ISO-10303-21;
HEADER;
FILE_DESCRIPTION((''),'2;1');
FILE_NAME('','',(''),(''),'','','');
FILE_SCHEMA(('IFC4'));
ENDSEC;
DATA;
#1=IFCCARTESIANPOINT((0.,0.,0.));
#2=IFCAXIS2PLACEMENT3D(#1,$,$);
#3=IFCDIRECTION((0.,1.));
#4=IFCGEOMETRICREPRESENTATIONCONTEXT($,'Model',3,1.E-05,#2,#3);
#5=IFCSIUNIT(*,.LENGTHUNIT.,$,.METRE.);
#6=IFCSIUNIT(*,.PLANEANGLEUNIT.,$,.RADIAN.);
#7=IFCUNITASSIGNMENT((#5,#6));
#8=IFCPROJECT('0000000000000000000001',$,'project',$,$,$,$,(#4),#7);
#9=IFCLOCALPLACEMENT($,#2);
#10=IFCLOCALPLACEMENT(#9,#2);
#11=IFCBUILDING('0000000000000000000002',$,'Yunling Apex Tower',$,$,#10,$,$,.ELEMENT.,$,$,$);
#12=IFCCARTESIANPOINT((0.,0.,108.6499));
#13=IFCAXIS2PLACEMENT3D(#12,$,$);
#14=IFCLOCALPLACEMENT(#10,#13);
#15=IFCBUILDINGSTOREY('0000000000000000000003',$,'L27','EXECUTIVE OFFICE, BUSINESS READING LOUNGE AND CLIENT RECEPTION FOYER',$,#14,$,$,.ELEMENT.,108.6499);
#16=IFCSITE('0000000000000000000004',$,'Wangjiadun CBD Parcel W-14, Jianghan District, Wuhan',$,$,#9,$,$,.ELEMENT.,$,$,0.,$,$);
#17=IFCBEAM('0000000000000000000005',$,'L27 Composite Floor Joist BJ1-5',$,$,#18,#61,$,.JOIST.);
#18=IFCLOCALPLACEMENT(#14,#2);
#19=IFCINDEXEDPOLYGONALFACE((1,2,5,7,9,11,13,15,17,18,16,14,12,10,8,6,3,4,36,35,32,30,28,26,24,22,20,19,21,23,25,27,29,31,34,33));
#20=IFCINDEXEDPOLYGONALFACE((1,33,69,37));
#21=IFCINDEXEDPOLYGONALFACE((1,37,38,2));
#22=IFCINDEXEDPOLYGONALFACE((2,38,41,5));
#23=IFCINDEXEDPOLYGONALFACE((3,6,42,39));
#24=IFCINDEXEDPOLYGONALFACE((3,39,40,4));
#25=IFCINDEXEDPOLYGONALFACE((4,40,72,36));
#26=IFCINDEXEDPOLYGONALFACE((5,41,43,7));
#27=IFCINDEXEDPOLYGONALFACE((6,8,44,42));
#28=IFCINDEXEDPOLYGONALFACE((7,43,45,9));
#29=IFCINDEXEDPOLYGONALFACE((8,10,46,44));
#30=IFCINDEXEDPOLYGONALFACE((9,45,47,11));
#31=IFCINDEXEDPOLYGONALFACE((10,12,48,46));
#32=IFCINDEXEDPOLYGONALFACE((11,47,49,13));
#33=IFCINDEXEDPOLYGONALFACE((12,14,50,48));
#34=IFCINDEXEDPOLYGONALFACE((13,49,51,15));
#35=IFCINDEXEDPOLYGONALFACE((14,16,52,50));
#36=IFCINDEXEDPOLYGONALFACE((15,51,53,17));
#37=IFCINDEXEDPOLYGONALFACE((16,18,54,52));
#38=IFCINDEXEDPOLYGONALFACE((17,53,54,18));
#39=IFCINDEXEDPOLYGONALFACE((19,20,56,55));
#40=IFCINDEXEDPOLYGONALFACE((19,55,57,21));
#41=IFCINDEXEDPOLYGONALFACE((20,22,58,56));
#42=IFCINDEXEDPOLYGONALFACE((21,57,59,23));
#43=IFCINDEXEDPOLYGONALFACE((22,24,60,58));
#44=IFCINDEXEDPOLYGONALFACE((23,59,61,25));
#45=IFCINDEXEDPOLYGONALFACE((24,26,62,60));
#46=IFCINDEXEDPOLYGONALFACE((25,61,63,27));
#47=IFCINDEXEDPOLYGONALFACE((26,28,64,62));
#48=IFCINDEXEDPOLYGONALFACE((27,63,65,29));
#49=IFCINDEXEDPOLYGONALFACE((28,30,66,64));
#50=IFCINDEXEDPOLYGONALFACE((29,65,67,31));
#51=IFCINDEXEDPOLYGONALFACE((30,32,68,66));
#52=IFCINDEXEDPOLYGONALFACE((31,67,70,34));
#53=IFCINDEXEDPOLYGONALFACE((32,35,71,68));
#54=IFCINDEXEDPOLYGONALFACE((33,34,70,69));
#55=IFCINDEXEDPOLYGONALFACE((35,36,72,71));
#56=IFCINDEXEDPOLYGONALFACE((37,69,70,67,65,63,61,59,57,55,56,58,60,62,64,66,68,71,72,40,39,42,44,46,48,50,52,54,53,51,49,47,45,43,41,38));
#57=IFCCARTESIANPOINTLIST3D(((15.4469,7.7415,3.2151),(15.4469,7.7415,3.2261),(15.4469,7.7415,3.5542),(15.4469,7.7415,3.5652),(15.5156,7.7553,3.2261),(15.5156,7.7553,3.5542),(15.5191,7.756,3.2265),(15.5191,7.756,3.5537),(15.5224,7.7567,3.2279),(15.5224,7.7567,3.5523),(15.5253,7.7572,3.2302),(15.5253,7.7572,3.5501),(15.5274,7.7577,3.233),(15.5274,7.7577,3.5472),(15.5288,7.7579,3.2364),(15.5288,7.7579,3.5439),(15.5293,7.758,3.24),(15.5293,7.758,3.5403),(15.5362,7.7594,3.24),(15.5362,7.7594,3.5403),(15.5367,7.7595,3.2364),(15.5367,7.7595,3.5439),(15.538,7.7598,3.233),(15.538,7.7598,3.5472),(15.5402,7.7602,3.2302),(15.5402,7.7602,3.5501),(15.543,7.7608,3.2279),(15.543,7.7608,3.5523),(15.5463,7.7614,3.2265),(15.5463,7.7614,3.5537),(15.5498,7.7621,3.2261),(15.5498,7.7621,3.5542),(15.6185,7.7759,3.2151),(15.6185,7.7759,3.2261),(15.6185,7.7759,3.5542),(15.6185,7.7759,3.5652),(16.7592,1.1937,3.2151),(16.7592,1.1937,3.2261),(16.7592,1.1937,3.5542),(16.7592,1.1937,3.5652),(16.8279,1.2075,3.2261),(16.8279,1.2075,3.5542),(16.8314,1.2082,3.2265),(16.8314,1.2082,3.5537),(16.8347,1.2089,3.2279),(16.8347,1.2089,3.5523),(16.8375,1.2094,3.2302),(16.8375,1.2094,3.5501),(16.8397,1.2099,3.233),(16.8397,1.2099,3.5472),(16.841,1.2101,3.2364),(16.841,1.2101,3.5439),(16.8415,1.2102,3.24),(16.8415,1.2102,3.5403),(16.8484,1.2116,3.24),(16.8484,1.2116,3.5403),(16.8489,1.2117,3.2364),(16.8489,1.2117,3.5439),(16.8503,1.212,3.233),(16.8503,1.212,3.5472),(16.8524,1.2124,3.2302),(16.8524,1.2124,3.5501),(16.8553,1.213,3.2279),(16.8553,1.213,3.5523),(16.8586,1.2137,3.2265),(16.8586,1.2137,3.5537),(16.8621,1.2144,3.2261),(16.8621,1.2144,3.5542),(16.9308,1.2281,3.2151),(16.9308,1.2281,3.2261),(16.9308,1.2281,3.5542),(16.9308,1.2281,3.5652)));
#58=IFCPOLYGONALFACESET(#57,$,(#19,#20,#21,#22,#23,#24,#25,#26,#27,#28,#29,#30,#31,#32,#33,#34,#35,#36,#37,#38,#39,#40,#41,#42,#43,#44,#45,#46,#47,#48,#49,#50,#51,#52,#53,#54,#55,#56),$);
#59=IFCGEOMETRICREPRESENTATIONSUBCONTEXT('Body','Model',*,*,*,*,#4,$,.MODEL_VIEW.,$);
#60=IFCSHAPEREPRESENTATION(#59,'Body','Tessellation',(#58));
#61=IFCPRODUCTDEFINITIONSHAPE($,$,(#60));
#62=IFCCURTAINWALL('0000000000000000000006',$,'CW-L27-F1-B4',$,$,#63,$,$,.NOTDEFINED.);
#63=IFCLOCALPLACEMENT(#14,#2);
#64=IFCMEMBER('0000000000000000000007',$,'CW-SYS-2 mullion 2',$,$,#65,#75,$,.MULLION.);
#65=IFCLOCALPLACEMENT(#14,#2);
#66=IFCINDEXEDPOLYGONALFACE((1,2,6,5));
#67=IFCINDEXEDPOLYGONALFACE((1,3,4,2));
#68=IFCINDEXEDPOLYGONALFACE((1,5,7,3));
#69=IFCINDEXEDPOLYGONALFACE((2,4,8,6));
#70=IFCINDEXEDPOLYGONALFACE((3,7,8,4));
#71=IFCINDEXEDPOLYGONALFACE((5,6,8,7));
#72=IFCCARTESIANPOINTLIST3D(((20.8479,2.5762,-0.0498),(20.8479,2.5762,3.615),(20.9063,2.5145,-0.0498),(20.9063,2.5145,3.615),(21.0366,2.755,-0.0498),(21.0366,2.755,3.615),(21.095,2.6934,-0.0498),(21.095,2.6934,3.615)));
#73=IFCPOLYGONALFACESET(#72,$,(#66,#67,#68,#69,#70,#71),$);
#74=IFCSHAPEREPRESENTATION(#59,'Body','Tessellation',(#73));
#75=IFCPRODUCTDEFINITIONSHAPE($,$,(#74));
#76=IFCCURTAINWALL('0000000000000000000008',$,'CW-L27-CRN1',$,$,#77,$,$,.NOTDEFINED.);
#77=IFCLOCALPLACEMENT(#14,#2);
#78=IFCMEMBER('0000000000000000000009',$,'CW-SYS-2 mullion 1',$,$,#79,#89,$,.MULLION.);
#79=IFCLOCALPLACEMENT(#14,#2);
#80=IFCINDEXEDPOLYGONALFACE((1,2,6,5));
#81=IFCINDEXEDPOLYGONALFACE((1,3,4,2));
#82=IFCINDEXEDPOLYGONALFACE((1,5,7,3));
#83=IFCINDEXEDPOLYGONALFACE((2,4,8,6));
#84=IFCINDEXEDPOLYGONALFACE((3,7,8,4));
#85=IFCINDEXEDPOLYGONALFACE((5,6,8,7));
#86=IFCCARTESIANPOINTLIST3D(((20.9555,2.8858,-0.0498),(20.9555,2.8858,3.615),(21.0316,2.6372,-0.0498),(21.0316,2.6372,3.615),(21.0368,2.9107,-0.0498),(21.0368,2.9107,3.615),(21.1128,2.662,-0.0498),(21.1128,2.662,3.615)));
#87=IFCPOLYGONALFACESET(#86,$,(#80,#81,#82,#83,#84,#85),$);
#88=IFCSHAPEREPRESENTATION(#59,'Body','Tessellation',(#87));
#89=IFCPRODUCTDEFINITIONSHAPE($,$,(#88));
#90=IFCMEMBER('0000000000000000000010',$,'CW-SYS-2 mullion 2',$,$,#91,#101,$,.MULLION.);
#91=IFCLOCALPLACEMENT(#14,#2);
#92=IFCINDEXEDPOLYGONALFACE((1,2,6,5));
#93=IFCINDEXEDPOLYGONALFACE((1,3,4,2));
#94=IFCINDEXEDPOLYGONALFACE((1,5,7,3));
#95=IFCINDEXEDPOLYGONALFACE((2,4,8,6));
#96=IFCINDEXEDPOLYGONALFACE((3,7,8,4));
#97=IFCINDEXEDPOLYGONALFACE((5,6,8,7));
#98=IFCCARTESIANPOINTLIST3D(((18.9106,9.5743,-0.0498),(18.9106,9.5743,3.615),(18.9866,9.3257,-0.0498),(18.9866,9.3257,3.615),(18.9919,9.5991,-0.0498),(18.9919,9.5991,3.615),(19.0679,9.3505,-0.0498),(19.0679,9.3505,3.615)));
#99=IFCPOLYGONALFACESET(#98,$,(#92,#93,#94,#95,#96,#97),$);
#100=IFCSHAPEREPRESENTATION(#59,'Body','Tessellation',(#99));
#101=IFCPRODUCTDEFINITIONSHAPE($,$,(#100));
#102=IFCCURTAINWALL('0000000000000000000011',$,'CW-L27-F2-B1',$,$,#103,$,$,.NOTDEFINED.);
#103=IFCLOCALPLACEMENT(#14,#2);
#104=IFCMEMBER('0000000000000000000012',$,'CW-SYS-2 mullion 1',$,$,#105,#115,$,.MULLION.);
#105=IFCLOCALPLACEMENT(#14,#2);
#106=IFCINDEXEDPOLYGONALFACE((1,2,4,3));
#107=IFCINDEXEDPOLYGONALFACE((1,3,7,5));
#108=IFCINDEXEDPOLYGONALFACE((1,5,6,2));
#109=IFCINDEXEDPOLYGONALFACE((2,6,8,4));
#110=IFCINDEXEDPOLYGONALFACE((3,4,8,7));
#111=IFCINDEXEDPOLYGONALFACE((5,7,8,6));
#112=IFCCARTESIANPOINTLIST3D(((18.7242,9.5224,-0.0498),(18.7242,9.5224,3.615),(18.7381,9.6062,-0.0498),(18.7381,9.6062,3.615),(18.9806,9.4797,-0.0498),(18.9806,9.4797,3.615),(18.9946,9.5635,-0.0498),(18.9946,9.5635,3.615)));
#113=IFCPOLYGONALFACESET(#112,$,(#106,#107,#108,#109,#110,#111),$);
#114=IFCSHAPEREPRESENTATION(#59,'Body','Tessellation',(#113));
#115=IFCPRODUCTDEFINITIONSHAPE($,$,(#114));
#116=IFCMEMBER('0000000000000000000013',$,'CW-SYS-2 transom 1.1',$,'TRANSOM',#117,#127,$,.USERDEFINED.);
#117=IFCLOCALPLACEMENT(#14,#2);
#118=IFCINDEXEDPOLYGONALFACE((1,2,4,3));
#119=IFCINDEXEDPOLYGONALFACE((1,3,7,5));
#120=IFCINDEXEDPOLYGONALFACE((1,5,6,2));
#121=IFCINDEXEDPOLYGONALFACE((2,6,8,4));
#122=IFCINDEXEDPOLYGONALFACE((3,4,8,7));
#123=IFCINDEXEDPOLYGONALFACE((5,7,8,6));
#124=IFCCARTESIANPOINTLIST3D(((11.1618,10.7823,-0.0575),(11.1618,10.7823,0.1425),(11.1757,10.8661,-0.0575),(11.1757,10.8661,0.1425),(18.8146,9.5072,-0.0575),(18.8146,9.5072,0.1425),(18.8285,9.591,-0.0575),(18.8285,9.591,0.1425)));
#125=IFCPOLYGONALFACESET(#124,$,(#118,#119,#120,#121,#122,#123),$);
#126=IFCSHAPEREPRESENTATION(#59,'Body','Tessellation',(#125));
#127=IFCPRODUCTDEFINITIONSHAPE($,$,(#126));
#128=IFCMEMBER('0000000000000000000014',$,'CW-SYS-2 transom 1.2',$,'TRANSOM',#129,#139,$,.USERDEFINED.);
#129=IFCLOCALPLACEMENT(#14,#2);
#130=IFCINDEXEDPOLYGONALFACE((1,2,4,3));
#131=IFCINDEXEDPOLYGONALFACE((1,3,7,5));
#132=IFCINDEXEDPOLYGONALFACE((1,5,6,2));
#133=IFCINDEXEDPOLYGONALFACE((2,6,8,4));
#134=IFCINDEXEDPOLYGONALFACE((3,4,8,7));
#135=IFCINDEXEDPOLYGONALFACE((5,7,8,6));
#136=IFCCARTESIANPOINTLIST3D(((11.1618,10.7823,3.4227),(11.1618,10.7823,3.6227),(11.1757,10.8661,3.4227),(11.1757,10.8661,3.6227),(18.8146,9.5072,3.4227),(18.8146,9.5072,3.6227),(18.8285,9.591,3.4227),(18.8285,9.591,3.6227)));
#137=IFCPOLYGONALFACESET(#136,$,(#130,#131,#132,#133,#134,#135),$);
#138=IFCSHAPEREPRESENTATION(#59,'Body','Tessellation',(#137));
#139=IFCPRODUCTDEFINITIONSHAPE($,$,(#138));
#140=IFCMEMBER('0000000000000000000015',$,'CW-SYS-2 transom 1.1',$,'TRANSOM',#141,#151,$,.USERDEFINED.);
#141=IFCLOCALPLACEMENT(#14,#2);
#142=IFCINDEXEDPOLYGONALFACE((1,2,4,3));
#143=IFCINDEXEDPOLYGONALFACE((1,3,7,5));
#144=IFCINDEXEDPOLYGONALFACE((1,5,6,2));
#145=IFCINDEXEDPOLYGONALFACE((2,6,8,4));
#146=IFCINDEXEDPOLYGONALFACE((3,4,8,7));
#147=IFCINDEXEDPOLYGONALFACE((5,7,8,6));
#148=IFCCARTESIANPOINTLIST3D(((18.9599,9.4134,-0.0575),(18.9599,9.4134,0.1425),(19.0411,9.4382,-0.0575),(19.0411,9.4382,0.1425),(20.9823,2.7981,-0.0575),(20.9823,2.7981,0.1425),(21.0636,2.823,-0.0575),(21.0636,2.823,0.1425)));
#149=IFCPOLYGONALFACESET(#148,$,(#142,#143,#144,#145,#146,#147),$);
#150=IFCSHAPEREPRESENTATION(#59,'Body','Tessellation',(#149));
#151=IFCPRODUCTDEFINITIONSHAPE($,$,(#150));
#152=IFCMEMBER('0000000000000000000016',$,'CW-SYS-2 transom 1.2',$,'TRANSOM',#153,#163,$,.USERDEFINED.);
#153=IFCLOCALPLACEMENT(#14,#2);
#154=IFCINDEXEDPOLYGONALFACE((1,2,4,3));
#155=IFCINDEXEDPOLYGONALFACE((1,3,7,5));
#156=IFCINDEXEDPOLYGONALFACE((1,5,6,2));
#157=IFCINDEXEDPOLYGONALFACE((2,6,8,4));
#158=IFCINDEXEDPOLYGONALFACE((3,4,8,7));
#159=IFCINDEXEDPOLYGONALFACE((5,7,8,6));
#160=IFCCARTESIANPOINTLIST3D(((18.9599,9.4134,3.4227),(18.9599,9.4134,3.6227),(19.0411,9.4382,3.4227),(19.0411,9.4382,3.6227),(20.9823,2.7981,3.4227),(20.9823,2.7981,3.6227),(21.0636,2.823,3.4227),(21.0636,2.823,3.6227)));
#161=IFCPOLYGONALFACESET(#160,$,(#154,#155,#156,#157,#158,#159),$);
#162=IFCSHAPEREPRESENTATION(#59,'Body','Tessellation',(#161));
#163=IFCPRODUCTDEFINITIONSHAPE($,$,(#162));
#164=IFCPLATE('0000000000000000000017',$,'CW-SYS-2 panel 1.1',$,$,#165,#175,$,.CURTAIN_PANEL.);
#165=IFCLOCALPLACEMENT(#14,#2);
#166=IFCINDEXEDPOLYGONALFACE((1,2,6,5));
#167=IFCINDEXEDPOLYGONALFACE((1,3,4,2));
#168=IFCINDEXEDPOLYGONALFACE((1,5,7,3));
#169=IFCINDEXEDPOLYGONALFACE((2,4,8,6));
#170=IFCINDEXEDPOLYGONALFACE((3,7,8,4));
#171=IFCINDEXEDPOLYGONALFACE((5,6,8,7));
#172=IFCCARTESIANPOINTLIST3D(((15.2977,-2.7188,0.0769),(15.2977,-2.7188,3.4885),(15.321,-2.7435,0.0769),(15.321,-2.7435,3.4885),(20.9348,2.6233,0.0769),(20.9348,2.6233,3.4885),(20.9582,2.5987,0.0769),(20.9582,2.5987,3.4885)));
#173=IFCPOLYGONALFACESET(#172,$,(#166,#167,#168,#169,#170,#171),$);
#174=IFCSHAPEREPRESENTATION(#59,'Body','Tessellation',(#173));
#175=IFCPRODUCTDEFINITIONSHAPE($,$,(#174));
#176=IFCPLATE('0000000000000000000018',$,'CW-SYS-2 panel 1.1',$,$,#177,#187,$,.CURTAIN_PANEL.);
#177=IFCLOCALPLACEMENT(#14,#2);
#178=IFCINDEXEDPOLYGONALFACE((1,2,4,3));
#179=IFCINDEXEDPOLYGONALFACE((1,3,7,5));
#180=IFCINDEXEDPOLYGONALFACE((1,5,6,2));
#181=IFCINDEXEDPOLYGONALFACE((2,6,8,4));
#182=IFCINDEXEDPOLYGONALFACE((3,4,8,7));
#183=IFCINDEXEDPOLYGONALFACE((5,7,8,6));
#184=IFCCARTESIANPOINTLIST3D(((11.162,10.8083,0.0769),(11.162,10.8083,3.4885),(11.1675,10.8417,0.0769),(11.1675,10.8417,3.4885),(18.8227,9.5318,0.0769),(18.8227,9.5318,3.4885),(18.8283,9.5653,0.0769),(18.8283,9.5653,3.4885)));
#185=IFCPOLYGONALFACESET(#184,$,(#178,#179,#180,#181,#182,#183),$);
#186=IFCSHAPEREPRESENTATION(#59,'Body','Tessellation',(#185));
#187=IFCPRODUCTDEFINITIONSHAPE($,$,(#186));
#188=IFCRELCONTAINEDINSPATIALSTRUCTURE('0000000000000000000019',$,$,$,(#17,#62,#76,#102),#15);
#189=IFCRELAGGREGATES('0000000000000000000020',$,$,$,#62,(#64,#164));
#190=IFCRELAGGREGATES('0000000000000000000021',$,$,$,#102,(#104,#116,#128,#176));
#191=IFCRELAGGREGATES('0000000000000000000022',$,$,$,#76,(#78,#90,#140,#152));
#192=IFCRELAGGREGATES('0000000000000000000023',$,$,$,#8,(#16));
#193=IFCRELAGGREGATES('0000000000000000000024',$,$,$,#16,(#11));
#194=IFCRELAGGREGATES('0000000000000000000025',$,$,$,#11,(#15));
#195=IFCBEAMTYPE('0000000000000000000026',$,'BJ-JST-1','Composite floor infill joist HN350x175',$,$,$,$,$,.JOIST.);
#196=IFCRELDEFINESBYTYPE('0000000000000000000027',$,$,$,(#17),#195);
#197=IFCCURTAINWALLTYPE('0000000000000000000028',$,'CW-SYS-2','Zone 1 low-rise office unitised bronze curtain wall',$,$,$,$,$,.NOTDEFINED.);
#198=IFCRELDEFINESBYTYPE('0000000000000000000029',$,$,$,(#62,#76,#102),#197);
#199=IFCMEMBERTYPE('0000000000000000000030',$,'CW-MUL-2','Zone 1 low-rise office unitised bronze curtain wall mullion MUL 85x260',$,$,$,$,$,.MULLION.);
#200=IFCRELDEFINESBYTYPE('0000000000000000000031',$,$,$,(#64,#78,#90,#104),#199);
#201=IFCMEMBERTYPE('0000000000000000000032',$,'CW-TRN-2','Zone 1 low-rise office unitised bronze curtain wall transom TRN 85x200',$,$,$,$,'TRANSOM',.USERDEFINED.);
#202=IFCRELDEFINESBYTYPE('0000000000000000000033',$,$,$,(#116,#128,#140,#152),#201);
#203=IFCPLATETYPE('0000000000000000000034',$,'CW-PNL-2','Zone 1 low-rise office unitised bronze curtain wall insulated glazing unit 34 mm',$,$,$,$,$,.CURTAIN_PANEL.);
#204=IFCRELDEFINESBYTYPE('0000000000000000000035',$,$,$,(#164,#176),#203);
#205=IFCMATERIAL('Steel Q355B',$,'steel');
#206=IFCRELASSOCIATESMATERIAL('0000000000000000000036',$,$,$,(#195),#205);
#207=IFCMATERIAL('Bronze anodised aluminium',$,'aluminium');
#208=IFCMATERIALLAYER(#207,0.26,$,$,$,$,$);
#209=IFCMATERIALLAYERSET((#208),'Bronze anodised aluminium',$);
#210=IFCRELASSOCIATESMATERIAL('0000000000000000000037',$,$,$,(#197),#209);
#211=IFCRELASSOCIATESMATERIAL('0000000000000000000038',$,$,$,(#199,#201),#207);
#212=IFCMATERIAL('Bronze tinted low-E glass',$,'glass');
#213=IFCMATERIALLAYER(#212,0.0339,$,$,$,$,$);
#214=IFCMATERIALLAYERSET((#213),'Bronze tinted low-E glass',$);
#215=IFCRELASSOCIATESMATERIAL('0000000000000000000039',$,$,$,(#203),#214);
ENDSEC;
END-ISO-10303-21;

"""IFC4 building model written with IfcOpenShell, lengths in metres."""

from ifc_helpers import new_model, si_unit, direction, frame, origin, origin_2d, place, context, subcontext, project, spatial, rectangle, i_section, extrude, source, transform, mapped, material, layer, layer_set, material_profile, profile_set, type_object, element, aggregate, save


model = new_model("IFC4")

# Units and contexts
model_context = context("Model", 3, precision=1e-05, world=origin(), true_north=direction((0.0, 1.0)))
body_context = subcontext(model_context, "Body", "Model", "MODEL_VIEW")
ifc_project = project(units=[si_unit("LENGTHUNIT", "METRE"), si_unit("PLANEANGLEUNIT", "RADIAN")], contexts=[model_context])

# Site, building, storey
site_placement = place(None, origin())
site = spatial("IfcSite", under=ifc_project, at=site_placement, Name="Wangjiadun CBD Parcel W-14, Jianghan District, Wuhan", CompositionType="ELEMENT", RefElevation=0.0)
building_placement = place(site_placement, origin())
building = spatial("IfcBuilding", under=site, at=building_placement, Name="Yunling Apex Tower", CompositionType="ELEMENT")
storey_placement = place(building_placement, frame((0.0, 0.0, 108.6499)))
storey = spatial("IfcBuildingStorey", under=building, at=storey_placement, Name="L27", Description="EXECUTIVE OFFICE, BUSINESS READING LOUNGE AND CLIENT RECEPTION FOYER", CompositionType="ELEMENT", Elevation=108.6499)

# Beam
ifc_material_1 = material(Name="Steel Q355B", Category="steel")
ifc_material_profile_1 = material_profile(ifc_material_1, i_section(OverallWidth=0.175, OverallDepth=0.3501, WebThickness=0.0071, FlangeThickness=0.011, FilletRadius=0.0139, at=origin_2d()))
ifc_profile_set_1 = profile_set([ifc_material_profile_1], Name="Steel Q355B")
beam_type_1 = type_object("IfcBeamType", Name="BJ-JST-1", Description="Composite floor infill joist HN350x175", PredefinedType="JOIST", material=ifc_profile_set_1)
shared_shape_1 = source(origin(), body_context, "Body", "SweptSolid", [
    extrude(i_section(OverallWidth=0.175, OverallDepth=0.3501, WebThickness=0.0071, FlangeThickness=0.011, FilletRadius=0.0139, at=origin_2d()), origin(), (0.0, 0.0, 1.0), 6.678),
])
beam_1_placement = place(storey_placement, frame((16.845, 1.2109, 3.3901), z_axis=(-0.196503, 0.980503, 0.0), x_axis=(-0.980503, -0.196503, 0.0)))
element("IfcBeam", 1, at=beam_1_placement, inside=storey, type_object=beam_type_1, Name="L27 Composite Floor Joist BJ1-5", PredefinedType="JOIST", context=body_context, shape_type="MappedRepresentation", body=[
    mapped(shared_shape_1, transform((0.0, 0.0, 0.0), scale=1.0)),
])

# Curtain wall, member
ifc_material_2 = material(Name="Bronze anodised aluminium", Category="aluminium")
ifc_layer_1 = layer(ifc_material_2, 0.26)
ifc_layer_set_1 = layer_set([ifc_layer_1], Name="Bronze anodised aluminium")
curtain_wall_type = type_object("IfcCurtainWallType", Name="CW-SYS-2", Description="Zone 1 low-rise office unitised bronze curtain wall", PredefinedType="NOTDEFINED", material=ifc_layer_set_1)
curtain_wall_1_placement = place(storey_placement, origin())
curtain_wall_1 = element("IfcCurtainWall", 2, at=curtain_wall_1_placement, inside=storey, type_object=curtain_wall_type, Name="CW-L27-F1-B4", PredefinedType="NOTDEFINED")
ifc_material_profile_2 = material_profile(ifc_material_2, rectangle(XDim=0.085, YDim=0.26, at=origin_2d()))
ifc_profile_set_2 = profile_set([ifc_material_profile_2], Name="Bronze anodised aluminium")
member_type_1 = type_object("IfcMemberType", Name="CW-MUL-2", Description="Zone 1 low-rise office unitised bronze curtain wall mullion MUL 85x260", PredefinedType="MULLION", material=ifc_profile_set_2)
shared_shape_2 = source(origin(), body_context, "Body", "SweptSolid", [
    extrude(rectangle(XDim=0.085, YDim=0.26, at=origin_2d()), origin(), (0.0, 0.0, 1.0), 3.6648),
])
member_1_placement = place(storey_placement, frame((20.9714, 2.6348, -0.0498), z_axis=(0.0, 0.0, 1.0), x_axis=(-0.687861, 0.725842, 0.0)))
member_1 = element("IfcMember", 3, at=member_1_placement, type_object=member_type_1, Name="CW-SYS-2 mullion 2", PredefinedType="MULLION", context=body_context, shape_type="MappedRepresentation", body=[
    mapped(shared_shape_2, transform((0.0, 0.0, 0.0), scale=1.0)),
])

# Curtain walls, members
curtain_wall_2_placement = place(storey_placement, origin())
curtain_wall_2 = element("IfcCurtainWall", 4, at=curtain_wall_2_placement, inside=storey, type_object=curtain_wall_type, Name="CW-L27-CRN1", PredefinedType="NOTDEFINED")
member_2_placement = place(storey_placement, frame((21.0342, 2.7739, -0.0498), z_axis=(0.0, 0.0, 1.0), x_axis=(-0.956304, -0.292375, 0.0)))
member_2 = element("IfcMember", 5, at=member_2_placement, type_object=member_type_1, Name="CW-SYS-2 mullion 1", PredefinedType="MULLION", context=body_context, shape_type="MappedRepresentation", body=[
    mapped(shared_shape_2, transform((0.0, 0.0, 0.0), scale=1.0)),
])
member_3_placement = place(storey_placement, frame((18.9893, 9.4624, -0.0498), z_axis=(0.0, 0.0, 1.0), x_axis=(-0.956304, -0.292375, 0.0)))
member_3 = element("IfcMember", 6, at=member_3_placement, type_object=member_type_1, Name="CW-SYS-2 mullion 2", PredefinedType="MULLION", context=body_context, shape_type="MappedRepresentation", body=[
    mapped(shared_shape_2, transform((0.0, 0.0, 0.0), scale=1.0)),
])
curtain_wall_3_placement = place(storey_placement, origin())
curtain_wall_3 = element("IfcCurtainWall", 7, at=curtain_wall_3_placement, inside=storey, type_object=curtain_wall_type, Name="CW-L27-F2-B1", PredefinedType="NOTDEFINED")
member_4_placement = place(storey_placement, frame((18.8594, 9.543, -0.0498), z_axis=(0.0, 0.0, 1.0), x_axis=(-0.16436, -0.9864, 0.0)))
member_4 = element("IfcMember", 8, at=member_4_placement, type_object=member_type_1, Name="CW-SYS-2 mullion 1", PredefinedType="MULLION", context=body_context, shape_type="MappedRepresentation", body=[
    mapped(shared_shape_2, transform((0.0, 0.0, 0.0), scale=1.0)),
])
ifc_material_profile_3 = material_profile(ifc_material_2, rectangle(XDim=0.085, YDim=0.2, at=origin_2d()))
ifc_profile_set_3 = profile_set([ifc_material_profile_3], Name="Bronze anodised aluminium")
member_type_2 = type_object("IfcMemberType", Name="CW-TRN-2", Description="Zone 1 low-rise office unitised bronze curtain wall transom TRN 85x200", ElementType="TRANSOM", PredefinedType="USERDEFINED", material=ifc_profile_set_3)
shared_shape_3 = source(origin(), body_context, "Body", "SweptSolid", [
    extrude(rectangle(XDim=0.085, YDim=0.2, at=origin_2d()), origin(), (0.0, 0.0, 1.0), 7.7583),
])
member_5_placement = place(storey_placement, frame((18.8215, 9.5491, 0.0425), z_axis=(-0.986401, 0.164358, 0.0), x_axis=(-0.164358, -0.986401, 0.0)))
member_5 = element("IfcMember", 9, at=member_5_placement, type_object=member_type_2, Name="CW-SYS-2 transom 1.1", ObjectType="TRANSOM", PredefinedType="USERDEFINED", context=body_context, shape_type="MappedRepresentation", body=[
    mapped(shared_shape_3, transform((0.0, 0.0, 0.0), scale=1.0)),
])
member_6_placement = place(storey_placement, frame((18.8215, 9.5491, 3.5227), z_axis=(-0.986401, 0.164358, 0.0), x_axis=(-0.164358, -0.986401, 0.0)))
member_6 = element("IfcMember", 10, at=member_6_placement, type_object=member_type_2, Name="CW-SYS-2 transom 1.2", ObjectType="TRANSOM", PredefinedType="USERDEFINED", context=body_context, shape_type="MappedRepresentation", body=[
    mapped(shared_shape_3, transform((0.0, 0.0, 0.0), scale=1.0)),
])

# Members
shared_shape_4 = source(origin(), body_context, "Body", "SweptSolid", [
    extrude(rectangle(XDim=0.085, YDim=0.2, at=origin_2d()), origin(), (0.0, 0.0, 1.0), 6.9175),
])
member_7_placement = place(storey_placement, frame((21.0229, 2.8105, 0.0425), z_axis=(-0.292369, 0.956306, 0.0), x_axis=(-0.956306, -0.292369, 0.0)))
member_7 = element("IfcMember", 11, at=member_7_placement, type_object=member_type_2, Name="CW-SYS-2 transom 1.1", ObjectType="TRANSOM", PredefinedType="USERDEFINED", context=body_context, shape_type="MappedRepresentation", body=[
    mapped(shared_shape_4, transform((0.0, 0.0, 0.0), scale=1.0)),
])
member_8_placement = place(storey_placement, frame((21.0229, 2.8105, 3.5227), z_axis=(-0.292369, 0.956306, 0.0), x_axis=(-0.956306, -0.292369, 0.0)))
member_8 = element("IfcMember", 12, at=member_8_placement, type_object=member_type_2, Name="CW-SYS-2 transom 1.2", ObjectType="TRANSOM", PredefinedType="USERDEFINED", context=body_context, shape_type="MappedRepresentation", body=[
    mapped(shared_shape_4, transform((0.0, 0.0, 0.0), scale=1.0)),
])

# Plates
ifc_material_3 = material(Name="Bronze tinted low-E glass", Category="glass")
ifc_layer_2 = layer(ifc_material_3, 0.0339)
ifc_layer_set_2 = layer_set([ifc_layer_2], Name="Bronze tinted low-E glass")
plate_type = type_object("IfcPlateType", Name="CW-PNL-2", Description="Zone 1 low-rise office unitised bronze curtain wall insulated glazing unit 34 mm", PredefinedType="CURTAIN_PANEL", material=ifc_layer_set_2)
shared_shape_5 = source(origin(), body_context, "Body", "SweptSolid", [
    extrude(rectangle(XDim=7.7664, YDim=0.0339, at=origin_2d()), origin(), (0.0, 0.0, 1.0), 3.4116),
])
plate_1_placement = place(storey_placement, frame((18.1279, -0.0601, 0.0769), z_axis=(0.0, 0.0, 1.0), x_axis=(0.725842, 0.687861, 0.0)))
plate_1 = element("IfcPlate", 13, at=plate_1_placement, type_object=plate_type, Name="CW-SYS-2 panel 1.1", PredefinedType="CURTAIN_PANEL", context=body_context, shape_type="MappedRepresentation", body=[
    mapped(shared_shape_5, transform((0.0, 0.0, 0.0), scale=1.0)),
])
aggregate(curtain_wall_1, [member_1, plate_1])
plate_2_placement = place(storey_placement, frame((14.9951, 10.1868, 0.0769), z_axis=(0.0, 0.0, 1.0), x_axis=(-0.9864, 0.16436, 0.0)))
plate_2 = element("IfcPlate", 14, at=plate_2_placement, type_object=plate_type, Name="CW-SYS-2 panel 1.1", PredefinedType="CURTAIN_PANEL", context=body_context, shape_type="MappedRepresentation", body=[
    mapped(shared_shape_5, transform((0.0, 0.0, 0.0), scale=1.0)),
])
aggregate(curtain_wall_3, [member_4, member_5, member_6, plate_2])
aggregate(curtain_wall_2, [member_2, member_3, member_7, member_8])

save(model, "model.ifc")
